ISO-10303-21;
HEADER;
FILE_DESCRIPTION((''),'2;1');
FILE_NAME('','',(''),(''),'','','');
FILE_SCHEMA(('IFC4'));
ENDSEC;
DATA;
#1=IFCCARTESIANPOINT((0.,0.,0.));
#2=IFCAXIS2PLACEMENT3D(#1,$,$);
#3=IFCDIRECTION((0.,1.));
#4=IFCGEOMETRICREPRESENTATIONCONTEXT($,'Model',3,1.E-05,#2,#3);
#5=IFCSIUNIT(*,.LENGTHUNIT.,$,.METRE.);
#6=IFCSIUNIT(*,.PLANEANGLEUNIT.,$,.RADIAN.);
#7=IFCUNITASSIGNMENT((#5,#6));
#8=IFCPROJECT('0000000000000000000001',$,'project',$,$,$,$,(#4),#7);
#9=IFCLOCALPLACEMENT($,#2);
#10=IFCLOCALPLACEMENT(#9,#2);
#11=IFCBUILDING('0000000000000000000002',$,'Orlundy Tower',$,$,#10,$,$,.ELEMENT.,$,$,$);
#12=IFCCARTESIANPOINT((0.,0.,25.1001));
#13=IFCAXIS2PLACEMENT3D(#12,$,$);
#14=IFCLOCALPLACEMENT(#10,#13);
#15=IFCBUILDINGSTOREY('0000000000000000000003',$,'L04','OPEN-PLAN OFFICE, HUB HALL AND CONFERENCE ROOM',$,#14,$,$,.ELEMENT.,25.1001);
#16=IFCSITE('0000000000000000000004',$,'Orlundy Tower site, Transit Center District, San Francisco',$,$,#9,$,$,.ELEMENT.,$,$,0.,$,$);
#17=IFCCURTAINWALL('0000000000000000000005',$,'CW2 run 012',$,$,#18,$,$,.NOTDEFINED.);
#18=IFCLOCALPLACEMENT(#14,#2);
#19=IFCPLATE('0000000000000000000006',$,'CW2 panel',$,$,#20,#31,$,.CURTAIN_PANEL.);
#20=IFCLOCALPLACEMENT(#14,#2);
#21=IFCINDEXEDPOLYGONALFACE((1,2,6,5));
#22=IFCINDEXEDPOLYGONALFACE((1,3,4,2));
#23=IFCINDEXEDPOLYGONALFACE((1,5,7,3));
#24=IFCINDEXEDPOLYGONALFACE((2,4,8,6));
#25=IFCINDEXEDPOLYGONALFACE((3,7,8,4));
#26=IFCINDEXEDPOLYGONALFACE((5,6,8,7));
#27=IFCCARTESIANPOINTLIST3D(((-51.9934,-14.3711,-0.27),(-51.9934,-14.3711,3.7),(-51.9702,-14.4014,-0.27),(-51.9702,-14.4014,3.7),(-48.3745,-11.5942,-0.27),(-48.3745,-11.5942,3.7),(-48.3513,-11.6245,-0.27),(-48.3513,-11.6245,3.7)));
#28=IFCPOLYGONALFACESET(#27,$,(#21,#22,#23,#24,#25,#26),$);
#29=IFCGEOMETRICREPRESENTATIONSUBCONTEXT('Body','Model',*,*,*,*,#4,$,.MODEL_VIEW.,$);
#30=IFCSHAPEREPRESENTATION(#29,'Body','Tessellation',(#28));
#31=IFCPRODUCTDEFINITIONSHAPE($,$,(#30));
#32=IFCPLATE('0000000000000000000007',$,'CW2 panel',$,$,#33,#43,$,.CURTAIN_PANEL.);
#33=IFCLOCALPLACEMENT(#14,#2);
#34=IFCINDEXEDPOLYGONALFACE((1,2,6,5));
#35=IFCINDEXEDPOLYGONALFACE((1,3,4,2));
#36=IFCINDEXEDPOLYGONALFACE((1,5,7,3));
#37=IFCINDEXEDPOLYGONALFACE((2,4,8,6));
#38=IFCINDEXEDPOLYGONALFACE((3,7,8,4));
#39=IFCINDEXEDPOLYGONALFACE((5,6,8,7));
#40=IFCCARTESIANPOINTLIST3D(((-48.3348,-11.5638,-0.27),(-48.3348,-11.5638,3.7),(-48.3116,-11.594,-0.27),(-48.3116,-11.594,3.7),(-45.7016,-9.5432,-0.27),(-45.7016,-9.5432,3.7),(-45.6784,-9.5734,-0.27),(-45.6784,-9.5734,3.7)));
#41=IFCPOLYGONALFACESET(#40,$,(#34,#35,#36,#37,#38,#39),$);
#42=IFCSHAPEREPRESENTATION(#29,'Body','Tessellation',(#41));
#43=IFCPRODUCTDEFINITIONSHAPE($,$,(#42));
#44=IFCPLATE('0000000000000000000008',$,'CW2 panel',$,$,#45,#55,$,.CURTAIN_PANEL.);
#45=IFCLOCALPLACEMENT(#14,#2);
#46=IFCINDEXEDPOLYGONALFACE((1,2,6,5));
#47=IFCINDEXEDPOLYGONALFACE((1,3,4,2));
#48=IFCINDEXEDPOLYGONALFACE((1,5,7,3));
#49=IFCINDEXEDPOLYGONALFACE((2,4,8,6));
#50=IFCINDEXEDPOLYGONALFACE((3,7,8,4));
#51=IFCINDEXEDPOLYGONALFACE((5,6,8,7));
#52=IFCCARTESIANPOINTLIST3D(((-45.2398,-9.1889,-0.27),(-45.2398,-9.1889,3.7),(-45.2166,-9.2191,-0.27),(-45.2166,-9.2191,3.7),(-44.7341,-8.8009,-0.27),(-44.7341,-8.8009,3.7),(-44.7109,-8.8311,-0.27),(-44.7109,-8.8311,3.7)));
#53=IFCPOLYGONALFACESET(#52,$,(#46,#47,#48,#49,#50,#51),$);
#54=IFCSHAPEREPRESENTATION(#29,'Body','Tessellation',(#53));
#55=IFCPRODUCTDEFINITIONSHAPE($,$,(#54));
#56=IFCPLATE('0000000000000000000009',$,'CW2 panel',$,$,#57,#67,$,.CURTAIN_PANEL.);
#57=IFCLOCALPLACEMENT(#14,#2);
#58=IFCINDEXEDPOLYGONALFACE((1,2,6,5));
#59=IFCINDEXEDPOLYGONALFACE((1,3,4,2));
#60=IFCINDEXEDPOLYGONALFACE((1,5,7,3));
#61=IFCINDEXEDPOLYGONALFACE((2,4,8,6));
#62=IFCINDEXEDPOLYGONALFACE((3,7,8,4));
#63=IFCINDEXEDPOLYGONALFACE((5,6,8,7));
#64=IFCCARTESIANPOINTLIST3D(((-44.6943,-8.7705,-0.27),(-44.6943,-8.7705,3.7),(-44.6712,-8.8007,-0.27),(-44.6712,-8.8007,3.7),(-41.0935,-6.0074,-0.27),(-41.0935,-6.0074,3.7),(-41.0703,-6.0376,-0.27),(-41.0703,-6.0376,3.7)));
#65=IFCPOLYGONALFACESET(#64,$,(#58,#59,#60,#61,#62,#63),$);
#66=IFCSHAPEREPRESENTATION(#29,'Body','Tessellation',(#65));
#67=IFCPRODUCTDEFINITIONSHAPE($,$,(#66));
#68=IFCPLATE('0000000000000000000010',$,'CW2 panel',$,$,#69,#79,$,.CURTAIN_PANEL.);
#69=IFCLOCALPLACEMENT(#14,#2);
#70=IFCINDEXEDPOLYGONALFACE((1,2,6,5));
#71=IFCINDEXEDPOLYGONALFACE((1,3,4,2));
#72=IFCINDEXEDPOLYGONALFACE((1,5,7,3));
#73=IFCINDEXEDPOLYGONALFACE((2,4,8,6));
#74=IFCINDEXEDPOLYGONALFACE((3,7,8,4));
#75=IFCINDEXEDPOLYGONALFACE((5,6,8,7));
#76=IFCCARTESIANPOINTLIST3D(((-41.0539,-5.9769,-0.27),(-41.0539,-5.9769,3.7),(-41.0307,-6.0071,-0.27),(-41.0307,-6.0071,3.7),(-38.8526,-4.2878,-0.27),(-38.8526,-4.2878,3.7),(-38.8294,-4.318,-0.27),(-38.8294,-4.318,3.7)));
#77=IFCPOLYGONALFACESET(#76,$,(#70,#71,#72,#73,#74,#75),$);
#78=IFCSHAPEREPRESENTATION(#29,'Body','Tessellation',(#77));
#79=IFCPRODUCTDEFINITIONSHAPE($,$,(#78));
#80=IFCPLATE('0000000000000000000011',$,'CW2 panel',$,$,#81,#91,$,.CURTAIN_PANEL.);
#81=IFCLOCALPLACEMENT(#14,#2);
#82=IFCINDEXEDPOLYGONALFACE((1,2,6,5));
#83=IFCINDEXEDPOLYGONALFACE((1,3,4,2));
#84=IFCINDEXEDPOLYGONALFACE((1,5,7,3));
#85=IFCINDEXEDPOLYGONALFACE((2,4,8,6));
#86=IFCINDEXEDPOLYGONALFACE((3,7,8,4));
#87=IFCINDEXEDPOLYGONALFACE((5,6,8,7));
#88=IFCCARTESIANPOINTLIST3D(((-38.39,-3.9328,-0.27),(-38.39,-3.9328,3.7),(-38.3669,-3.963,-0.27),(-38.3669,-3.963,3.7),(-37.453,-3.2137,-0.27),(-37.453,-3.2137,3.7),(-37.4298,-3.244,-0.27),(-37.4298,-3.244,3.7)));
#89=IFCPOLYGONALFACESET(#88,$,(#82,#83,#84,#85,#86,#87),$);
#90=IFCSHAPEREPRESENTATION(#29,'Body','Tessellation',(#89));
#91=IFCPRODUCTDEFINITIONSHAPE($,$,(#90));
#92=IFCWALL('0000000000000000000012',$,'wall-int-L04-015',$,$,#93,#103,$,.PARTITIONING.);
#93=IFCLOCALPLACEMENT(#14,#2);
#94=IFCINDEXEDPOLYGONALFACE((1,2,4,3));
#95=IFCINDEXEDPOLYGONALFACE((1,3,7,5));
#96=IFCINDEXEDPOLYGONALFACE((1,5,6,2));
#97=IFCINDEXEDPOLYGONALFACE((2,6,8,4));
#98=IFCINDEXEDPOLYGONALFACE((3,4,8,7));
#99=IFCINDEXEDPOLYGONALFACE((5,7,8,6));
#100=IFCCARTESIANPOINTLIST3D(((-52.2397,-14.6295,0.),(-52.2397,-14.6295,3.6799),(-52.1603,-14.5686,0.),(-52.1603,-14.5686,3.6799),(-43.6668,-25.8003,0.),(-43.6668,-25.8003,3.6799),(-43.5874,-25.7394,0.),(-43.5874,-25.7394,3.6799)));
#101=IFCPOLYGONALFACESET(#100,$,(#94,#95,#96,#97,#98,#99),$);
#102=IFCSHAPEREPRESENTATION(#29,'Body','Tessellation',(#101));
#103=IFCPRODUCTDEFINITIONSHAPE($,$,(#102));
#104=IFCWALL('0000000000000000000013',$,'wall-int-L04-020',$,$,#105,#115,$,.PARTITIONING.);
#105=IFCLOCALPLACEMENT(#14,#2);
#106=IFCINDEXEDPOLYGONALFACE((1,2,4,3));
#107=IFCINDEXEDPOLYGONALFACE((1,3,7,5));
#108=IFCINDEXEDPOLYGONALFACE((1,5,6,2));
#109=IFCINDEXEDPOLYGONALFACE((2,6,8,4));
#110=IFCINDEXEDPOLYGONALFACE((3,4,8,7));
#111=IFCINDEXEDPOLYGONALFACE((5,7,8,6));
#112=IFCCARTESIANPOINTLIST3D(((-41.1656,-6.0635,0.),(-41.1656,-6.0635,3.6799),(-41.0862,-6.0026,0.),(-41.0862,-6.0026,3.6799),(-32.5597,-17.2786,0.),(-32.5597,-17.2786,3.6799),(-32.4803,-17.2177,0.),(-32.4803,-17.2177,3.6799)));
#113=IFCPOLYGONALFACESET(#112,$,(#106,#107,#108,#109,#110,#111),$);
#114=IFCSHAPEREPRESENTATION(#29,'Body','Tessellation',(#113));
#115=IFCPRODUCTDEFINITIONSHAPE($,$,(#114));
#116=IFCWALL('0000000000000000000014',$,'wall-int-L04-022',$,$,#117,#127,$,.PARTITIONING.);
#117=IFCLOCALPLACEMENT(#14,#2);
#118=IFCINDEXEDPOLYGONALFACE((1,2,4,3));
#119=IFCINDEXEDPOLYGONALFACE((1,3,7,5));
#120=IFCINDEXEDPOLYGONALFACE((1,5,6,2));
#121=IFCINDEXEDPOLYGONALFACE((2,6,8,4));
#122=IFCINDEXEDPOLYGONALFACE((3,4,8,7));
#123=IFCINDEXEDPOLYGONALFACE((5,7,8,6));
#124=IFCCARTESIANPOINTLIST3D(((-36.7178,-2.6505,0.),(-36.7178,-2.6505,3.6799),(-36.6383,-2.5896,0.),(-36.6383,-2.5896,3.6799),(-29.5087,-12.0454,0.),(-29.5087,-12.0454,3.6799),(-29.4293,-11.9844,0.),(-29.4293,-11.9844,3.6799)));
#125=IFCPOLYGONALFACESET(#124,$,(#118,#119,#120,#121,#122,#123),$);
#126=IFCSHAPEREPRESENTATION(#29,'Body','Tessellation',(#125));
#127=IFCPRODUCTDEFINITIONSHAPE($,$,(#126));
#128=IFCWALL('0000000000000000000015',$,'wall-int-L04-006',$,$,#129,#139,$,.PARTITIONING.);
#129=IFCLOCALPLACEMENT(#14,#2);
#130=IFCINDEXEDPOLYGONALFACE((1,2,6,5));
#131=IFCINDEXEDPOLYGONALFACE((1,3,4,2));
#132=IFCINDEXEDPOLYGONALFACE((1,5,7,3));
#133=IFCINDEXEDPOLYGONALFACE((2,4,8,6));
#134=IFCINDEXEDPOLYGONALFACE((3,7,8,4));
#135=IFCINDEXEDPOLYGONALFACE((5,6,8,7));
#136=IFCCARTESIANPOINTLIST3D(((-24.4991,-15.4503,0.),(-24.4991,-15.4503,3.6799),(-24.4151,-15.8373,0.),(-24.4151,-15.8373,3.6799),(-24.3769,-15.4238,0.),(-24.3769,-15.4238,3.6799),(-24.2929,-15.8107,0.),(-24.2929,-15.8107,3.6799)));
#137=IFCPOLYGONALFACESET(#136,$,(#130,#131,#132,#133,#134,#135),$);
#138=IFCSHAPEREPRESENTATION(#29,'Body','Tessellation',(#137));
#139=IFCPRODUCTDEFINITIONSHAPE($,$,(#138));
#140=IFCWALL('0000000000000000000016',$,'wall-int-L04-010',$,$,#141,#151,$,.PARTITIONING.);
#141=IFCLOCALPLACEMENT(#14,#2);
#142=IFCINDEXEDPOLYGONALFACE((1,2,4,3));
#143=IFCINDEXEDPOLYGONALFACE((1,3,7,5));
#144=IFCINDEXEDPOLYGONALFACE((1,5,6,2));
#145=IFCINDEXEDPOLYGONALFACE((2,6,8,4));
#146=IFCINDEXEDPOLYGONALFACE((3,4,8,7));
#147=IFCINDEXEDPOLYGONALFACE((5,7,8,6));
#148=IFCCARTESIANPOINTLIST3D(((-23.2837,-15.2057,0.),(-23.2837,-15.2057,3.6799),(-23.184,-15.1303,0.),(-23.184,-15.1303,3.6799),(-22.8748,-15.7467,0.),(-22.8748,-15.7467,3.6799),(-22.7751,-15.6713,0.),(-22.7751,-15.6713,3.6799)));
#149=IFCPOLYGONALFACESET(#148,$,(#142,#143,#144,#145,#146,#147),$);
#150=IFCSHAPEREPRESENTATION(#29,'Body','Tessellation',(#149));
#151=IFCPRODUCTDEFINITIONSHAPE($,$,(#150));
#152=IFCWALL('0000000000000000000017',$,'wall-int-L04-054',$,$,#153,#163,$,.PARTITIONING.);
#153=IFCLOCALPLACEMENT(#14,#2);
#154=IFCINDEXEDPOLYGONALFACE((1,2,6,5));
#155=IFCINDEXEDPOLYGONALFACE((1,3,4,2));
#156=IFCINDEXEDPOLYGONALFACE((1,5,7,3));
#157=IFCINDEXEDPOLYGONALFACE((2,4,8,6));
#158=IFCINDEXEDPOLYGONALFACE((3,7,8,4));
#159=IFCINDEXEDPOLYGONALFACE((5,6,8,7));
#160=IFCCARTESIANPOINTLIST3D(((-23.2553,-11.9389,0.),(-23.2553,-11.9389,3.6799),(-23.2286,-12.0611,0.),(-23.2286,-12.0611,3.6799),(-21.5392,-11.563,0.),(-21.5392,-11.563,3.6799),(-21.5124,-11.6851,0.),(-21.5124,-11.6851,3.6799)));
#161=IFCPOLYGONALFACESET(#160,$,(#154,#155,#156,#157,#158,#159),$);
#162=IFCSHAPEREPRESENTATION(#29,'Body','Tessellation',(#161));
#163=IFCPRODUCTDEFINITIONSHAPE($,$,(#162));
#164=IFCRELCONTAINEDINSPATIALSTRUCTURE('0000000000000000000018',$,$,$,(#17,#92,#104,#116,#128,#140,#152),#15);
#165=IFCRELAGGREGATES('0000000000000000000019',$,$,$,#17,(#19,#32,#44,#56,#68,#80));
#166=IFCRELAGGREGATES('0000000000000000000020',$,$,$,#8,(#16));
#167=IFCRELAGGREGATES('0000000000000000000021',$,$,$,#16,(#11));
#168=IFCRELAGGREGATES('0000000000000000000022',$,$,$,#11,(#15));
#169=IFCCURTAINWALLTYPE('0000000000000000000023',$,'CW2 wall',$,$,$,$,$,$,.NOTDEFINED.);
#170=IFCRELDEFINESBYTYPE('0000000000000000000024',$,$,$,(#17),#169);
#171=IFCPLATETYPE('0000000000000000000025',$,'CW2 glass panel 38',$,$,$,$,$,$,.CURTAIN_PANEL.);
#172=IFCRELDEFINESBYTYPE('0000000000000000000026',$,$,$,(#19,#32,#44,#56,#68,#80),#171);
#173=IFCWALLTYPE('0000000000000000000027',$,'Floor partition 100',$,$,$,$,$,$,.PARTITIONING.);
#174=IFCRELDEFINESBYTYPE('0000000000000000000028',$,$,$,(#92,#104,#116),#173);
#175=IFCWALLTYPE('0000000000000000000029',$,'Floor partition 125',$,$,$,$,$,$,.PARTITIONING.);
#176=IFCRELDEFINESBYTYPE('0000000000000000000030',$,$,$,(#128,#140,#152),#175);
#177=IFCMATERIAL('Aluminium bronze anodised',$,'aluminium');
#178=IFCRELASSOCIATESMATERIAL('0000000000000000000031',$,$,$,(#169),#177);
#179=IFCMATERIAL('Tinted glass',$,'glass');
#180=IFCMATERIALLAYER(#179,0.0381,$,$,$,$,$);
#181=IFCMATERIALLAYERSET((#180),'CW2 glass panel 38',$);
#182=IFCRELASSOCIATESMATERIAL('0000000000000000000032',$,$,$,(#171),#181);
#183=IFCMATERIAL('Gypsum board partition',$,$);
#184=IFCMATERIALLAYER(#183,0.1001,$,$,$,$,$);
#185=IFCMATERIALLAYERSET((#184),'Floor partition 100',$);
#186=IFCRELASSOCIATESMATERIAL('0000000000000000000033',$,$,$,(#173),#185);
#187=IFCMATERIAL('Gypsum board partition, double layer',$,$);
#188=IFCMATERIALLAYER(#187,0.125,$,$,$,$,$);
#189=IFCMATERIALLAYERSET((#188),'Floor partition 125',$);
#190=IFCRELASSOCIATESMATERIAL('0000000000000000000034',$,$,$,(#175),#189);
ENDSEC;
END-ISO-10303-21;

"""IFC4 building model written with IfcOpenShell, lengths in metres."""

from ifc_helpers import new_model, si_unit, direction, frame, frame_2d, origin, origin_2d, place, context, subcontext, project, spatial, rectangle, extrude, material, layer, layer_set, type_object, element, aggregate, save


model = new_model("IFC4")

# Units and contexts
model_context = context("Model", 3, precision=1e-05, world=origin(), true_north=direction((0.0, 1.0)))
body_context = subcontext(model_context, "Body", "Model", "MODEL_VIEW")
ifc_project = project(units=[si_unit("LENGTHUNIT", "METRE"), si_unit("PLANEANGLEUNIT", "RADIAN")], contexts=[model_context])

# Site, building, storey
site_placement = place(None, origin())
site = spatial("IfcSite", under=ifc_project, at=site_placement, Name="Orlundy Tower site, Transit Center District, San Francisco", CompositionType="ELEMENT", RefElevation=0.0)
building_placement = place(site_placement, origin())
building = spatial("IfcBuilding", under=site, at=building_placement, Name="Orlundy Tower", CompositionType="ELEMENT")
storey_placement = place(building_placement, frame((0.0, 0.0, 25.1001)))
storey = spatial("IfcBuildingStorey", under=building, at=storey_placement, Name="L04", Description="OPEN-PLAN OFFICE, HUB HALL AND CONFERENCE ROOM", CompositionType="ELEMENT", Elevation=25.1001)

# Curtain wall, plates
ifc_material_1 = material(Name="Aluminium bronze anodised", Category="aluminium")
curtain_wall_type = type_object("IfcCurtainWallType", Name="CW2 wall", PredefinedType="NOTDEFINED", material=ifc_material_1)
curtain_wall_placement = place(storey_placement, origin())
curtain_wall = element("IfcCurtainWall", 1, at=curtain_wall_placement, inside=storey, type_object=curtain_wall_type, Name="CW2 run 012", PredefinedType="NOTDEFINED")
ifc_material_2 = material(Name="Tinted glass", Category="glass")
ifc_layer_1 = layer(ifc_material_2, 0.0381)
ifc_layer_set_1 = layer_set([ifc_layer_1], Name="CW2 glass panel 38")
plate_type = type_object("IfcPlateType", Name="CW2 glass panel 38", PredefinedType="CURTAIN_PANEL", material=ifc_layer_set_1)
plate_1_placement = place(storey_placement, frame((-50.1724, -12.9978, -0.27), z_axis=(0.0, 0.0, 1.0), x_axis=(0.793348, 0.608768, 0.0)))
plate_1 = element("IfcPlate", 2, at=plate_1_placement, type_object=plate_type, Name="CW2 panel", PredefinedType="CURTAIN_PANEL", context=body_context, shape_type="SweptSolid", body=[
    extrude(rectangle(XDim=4.5615, YDim=0.0381, at=origin_2d()), origin(), (0.0, 0.0, 1.0), 3.97),
])
plate_2_placement = place(storey_placement, frame((-47.0066, -10.5686, -0.27), z_axis=(0.0, 0.0, 1.0), x_axis=(0.793348, 0.608768, 0.0)))
plate_2 = element("IfcPlate", 3, at=plate_2_placement, type_object=plate_type, Name="CW2 panel", PredefinedType="CURTAIN_PANEL", context=body_context, shape_type="SweptSolid", body=[
    extrude(rectangle(XDim=3.3191, YDim=0.0381, at=origin_2d()), origin(), (0.0, 0.0, 1.0), 3.97),
])
plate_3_placement = place(storey_placement, frame((-44.9753, -9.01, -0.27), z_axis=(0.0, 0.0, 1.0), x_axis=(0.793348, 0.608768, 0.0)))
plate_3 = element("IfcPlate", 4, at=plate_3_placement, type_object=plate_type, Name="CW2 panel", PredefinedType="CURTAIN_PANEL", context=body_context, shape_type="SweptSolid", body=[
    extrude(rectangle(XDim=0.6375, YDim=0.0381, at=origin_2d()), origin(), (0.0, 0.0, 1.0), 3.97),
])
plate_4_placement = place(storey_placement, frame((-42.8823, -7.4041, -0.27), z_axis=(0.0, 0.0, 1.0), x_axis=(0.793348, 0.608768, 0.0)))
plate_4 = element("IfcPlate", 5, at=plate_4_placement, type_object=plate_type, Name="CW2 panel", PredefinedType="CURTAIN_PANEL", context=body_context, shape_type="SweptSolid", body=[
    extrude(rectangle(XDim=4.5388, YDim=0.0381, at=origin_2d()), origin(), (0.0, 0.0, 1.0), 3.97),
])
plate_5_placement = place(storey_placement, frame((-39.9417, -5.1475, -0.27), z_axis=(0.0, 0.0, 1.0), x_axis=(0.793348, 0.608768, 0.0)))
plate_5 = element("IfcPlate", 6, at=plate_5_placement, type_object=plate_type, Name="CW2 panel", PredefinedType="CURTAIN_PANEL", context=body_context, shape_type="SweptSolid", body=[
    extrude(rectangle(XDim=2.7747, YDim=0.0381, at=origin_2d()), origin(), (0.0, 0.0, 1.0), 3.97),
])
plate_6_placement = place(storey_placement, frame((-37.9099, -3.5884, -0.27), z_axis=(0.0, 0.0, 1.0), x_axis=(0.793348, 0.608768, 0.0)))
plate_6 = element("IfcPlate", 7, at=plate_6_placement, type_object=plate_type, Name="CW2 panel", PredefinedType="CURTAIN_PANEL", context=body_context, shape_type="SweptSolid", body=[
    extrude(rectangle(XDim=1.1812, YDim=0.0381, at=origin_2d()), origin(), (0.0, 0.0, 1.0), 3.97),
])
aggregate(curtain_wall, [plate_1, plate_2, plate_3, plate_4, plate_5, plate_6])

# Walls
ifc_material_3 = material(Name="Gypsum board partition")
ifc_layer_2 = layer(ifc_material_3, 0.1001)
ifc_layer_set_2 = layer_set([ifc_layer_2], Name="Floor partition 100")
wall_type_1 = type_object("IfcWallType", Name="Floor partition 100", PredefinedType="PARTITIONING", material=ifc_layer_set_2)
wall_1_placement = place(storey_placement, frame((-52.2, -14.5991, 0.0), z_axis=(0.0, 0.0, 1.0), x_axis=(0.608818, -0.79331, 0.0)))
element("IfcWall", 8, at=wall_1_placement, inside=storey, type_object=wall_type_1, Name="wall-int-L04-015", PredefinedType="PARTITIONING", context=body_context, shape_type="SweptSolid", body=[
    extrude(rectangle(XDim=14.0813, YDim=0.1001, at=frame_2d((7.0405, 0.0))), origin(), (0.0, 0.0, 1.0), 3.6799),
])
wall_2_placement = place(storey_placement, frame((-41.126, -6.033, 0.0), z_axis=(0.0, 0.0, 1.0), x_axis=(0.608776, -0.793342, 0.0)))
element("IfcWall", 9, at=wall_2_placement, inside=storey, type_object=wall_type_1, Name="wall-int-L04-020", PredefinedType="PARTITIONING", context=body_context, shape_type="SweptSolid", body=[
    extrude(rectangle(XDim=14.1365, YDim=0.1001, at=frame_2d((7.0684, 0.0))), origin(), (0.0, 0.0, 1.0), 3.6799),
])
wall_3_placement = place(storey_placement, frame((-36.678, -2.6201, 0.0), z_axis=(0.0, 0.0, 1.0), x_axis=(0.608768, -0.793348, 0.0)))
element("IfcWall", 10, at=wall_3_placement, inside=storey, type_object=wall_type_1, Name="wall-int-L04-022", PredefinedType="PARTITIONING", context=body_context, shape_type="SweptSolid", body=[
    extrude(rectangle(XDim=11.842, YDim=0.1001, at=frame_2d((5.9209, 0.0))), origin(), (0.0, 0.0, 1.0), 3.6799),
])
ifc_material_4 = material(Name="Gypsum board partition, double layer")
ifc_layer_3 = layer(ifc_material_4, 0.125)
ifc_layer_set_3 = layer_set([ifc_layer_3], Name="Floor partition 125")
wall_type_2 = type_object("IfcWallType", Name="Floor partition 125", PredefinedType="PARTITIONING", material=ifc_layer_set_3)
wall_4_placement = place(storey_placement, frame((-24.438, -15.437, 0.0), z_axis=(0.0, 0.0, 1.0), x_axis=(0.212097, -0.977249, 0.0)))
element("IfcWall", 11, at=wall_4_placement, inside=storey, type_object=wall_type_2, Name="wall-int-L04-006", PredefinedType="PARTITIONING", context=body_context, shape_type="SweptSolid", body=[
    extrude(rectangle(XDim=0.396, YDim=0.125, at=frame_2d((0.198, 0.0))), origin(), (0.0, 0.0, 1.0), 3.6799),
])
wall_5_placement = place(storey_placement, frame((-23.2339, -15.168, 0.0), z_axis=(0.0, 0.0, 1.0), x_axis=(0.602991, -0.797748, 0.0)))
element("IfcWall", 12, at=wall_5_placement, inside=storey, type_object=wall_type_2, Name="wall-int-L04-010", PredefinedType="PARTITIONING", context=body_context, shape_type="SweptSolid", body=[
    extrude(rectangle(XDim=0.6782, YDim=0.125, at=frame_2d((0.3391, 0.0))), origin(), (0.0, 0.0, 1.0), 3.6799),
])
wall_6_placement = place(storey_placement, frame((-23.2419, -12.0, 0.0), z_axis=(0.0, 0.0, 1.0), x_axis=(0.97683, 0.214016, 0.0)))
element("IfcWall", 13, at=wall_6_placement, inside=storey, type_object=wall_type_2, Name="wall-int-L04-054", PredefinedType="PARTITIONING", context=body_context, shape_type="SweptSolid", body=[
    extrude(rectangle(XDim=1.7568, YDim=0.125, at=frame_2d((0.8784, 0.0))), origin(), (0.0, 0.0, 1.0), 3.6799),
])

save(model, "model.ifc")
